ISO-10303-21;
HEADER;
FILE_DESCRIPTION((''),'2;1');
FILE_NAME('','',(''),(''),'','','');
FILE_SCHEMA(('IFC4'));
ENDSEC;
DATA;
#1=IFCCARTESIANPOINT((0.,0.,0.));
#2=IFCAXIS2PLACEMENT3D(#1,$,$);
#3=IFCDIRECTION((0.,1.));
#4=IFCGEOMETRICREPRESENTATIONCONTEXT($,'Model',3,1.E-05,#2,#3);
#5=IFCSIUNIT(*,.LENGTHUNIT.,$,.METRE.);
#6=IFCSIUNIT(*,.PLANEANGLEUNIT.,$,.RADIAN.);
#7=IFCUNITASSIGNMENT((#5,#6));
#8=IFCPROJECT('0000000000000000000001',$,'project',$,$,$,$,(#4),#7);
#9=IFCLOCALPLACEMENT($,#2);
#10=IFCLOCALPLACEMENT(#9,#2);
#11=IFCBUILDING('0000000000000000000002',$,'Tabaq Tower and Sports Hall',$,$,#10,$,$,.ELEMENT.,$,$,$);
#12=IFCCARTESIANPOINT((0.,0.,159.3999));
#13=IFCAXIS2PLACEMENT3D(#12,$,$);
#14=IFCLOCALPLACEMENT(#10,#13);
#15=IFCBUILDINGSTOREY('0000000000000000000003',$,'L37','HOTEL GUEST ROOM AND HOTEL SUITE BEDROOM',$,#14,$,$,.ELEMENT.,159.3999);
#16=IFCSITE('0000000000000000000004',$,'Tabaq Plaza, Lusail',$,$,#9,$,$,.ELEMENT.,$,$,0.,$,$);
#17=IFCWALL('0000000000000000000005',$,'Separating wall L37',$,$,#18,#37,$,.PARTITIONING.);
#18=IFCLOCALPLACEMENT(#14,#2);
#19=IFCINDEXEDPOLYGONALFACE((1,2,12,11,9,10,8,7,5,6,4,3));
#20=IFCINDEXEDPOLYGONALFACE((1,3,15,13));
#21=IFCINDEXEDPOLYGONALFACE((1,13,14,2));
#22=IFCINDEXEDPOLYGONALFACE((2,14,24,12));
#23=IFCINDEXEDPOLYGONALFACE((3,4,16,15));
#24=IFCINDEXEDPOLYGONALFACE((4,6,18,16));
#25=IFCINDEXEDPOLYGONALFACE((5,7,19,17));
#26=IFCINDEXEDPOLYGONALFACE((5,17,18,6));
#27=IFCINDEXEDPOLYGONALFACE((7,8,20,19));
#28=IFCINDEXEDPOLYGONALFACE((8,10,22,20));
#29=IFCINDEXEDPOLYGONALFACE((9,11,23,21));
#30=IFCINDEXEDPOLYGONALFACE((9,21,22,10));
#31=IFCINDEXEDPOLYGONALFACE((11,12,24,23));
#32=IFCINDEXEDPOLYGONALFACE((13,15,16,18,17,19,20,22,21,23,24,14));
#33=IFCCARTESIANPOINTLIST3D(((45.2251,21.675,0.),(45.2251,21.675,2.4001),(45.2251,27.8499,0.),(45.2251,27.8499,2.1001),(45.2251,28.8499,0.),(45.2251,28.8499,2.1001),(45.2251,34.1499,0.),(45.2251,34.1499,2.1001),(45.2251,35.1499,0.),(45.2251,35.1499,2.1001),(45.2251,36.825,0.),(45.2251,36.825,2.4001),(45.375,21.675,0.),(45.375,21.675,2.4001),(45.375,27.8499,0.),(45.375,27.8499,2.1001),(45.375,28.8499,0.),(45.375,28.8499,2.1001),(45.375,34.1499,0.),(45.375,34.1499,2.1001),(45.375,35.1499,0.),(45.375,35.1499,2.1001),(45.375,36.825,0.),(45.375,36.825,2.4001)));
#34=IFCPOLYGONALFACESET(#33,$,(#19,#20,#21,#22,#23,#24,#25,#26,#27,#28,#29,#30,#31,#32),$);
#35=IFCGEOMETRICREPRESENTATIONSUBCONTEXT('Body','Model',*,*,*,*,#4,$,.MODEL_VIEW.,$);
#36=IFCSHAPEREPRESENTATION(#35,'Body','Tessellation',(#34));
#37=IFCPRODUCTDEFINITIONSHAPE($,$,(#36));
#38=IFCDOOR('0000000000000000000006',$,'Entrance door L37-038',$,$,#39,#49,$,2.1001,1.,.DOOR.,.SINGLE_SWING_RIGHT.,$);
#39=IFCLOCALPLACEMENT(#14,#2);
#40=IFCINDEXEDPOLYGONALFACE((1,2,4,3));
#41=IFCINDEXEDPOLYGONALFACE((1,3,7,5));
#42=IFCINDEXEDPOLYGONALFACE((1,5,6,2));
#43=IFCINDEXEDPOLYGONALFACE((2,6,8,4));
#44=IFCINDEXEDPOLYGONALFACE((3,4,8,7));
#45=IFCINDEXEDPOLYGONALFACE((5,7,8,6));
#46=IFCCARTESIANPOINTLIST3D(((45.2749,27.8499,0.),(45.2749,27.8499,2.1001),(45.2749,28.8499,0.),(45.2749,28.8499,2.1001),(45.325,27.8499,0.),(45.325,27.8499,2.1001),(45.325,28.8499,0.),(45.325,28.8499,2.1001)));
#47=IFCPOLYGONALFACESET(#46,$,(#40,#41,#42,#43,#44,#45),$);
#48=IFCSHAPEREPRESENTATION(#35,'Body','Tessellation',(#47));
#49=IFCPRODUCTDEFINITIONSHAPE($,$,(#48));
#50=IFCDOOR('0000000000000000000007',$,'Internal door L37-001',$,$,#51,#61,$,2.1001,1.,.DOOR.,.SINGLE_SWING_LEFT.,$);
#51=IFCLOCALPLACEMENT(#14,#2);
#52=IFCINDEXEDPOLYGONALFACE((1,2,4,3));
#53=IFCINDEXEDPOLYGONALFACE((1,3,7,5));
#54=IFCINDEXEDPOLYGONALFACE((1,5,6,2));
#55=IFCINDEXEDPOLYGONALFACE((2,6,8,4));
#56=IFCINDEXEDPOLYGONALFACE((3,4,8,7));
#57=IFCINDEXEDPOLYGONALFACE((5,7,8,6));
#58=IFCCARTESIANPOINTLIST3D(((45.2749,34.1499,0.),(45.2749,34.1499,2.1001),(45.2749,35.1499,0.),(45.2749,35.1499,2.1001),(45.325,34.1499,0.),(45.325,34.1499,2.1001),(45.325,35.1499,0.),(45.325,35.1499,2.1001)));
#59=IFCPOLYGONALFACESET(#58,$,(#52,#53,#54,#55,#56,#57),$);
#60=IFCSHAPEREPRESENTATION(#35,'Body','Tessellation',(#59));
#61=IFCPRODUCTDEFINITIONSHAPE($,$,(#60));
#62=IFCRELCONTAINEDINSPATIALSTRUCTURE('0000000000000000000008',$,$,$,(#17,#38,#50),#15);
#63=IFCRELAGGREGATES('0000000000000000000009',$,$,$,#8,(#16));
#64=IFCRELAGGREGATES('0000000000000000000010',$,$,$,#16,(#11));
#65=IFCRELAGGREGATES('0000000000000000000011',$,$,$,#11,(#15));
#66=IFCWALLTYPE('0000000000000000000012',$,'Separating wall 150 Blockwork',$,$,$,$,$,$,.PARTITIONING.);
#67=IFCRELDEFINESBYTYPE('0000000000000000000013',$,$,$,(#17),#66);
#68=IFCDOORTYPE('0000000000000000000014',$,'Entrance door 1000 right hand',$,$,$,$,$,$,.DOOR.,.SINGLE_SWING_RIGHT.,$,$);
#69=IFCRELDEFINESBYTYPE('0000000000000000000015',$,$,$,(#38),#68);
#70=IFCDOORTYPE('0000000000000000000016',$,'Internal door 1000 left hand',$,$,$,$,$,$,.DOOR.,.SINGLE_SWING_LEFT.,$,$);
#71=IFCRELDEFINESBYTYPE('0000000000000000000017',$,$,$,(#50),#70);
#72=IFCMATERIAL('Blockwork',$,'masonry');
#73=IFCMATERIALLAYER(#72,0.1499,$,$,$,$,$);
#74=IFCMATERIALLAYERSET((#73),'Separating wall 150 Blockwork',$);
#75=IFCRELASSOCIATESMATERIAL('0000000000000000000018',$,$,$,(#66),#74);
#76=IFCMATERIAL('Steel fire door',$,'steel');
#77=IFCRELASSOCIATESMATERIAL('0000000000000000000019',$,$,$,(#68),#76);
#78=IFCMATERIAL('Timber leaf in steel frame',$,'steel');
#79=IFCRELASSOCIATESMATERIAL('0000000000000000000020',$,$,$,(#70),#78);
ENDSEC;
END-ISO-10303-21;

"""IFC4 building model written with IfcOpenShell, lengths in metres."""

from ifc_helpers import new_model, si_unit, direction, frame, frame_2d, origin, place, context, subcontext, project, spatial, rectangle, extrude, material, layer, layer_set, type_object, element, fill, save


model = new_model("IFC4")

# Units and contexts
model_context = context("Model", 3, precision=1e-05, world=origin(), true_north=direction((0.0, 1.0)))
body_context = subcontext(model_context, "Body", "Model", "MODEL_VIEW")
ifc_project = project(units=[si_unit("LENGTHUNIT", "METRE"), si_unit("PLANEANGLEUNIT", "RADIAN")], contexts=[model_context])

# Site, building, storey
site_placement = place(None, origin())
site = spatial("IfcSite", under=ifc_project, at=site_placement, Name="Tabaq Plaza, Lusail", CompositionType="ELEMENT", RefElevation=0.0)
building_placement = place(site_placement, origin())
building = spatial("IfcBuilding", under=site, at=building_placement, Name="Tabaq Tower and Sports Hall", CompositionType="ELEMENT")
storey_placement = place(building_placement, frame((0.0, 0.0, 159.3999)))
storey = spatial("IfcBuildingStorey", under=building, at=storey_placement, Name="L37", Description="HOTEL GUEST ROOM AND HOTEL SUITE BEDROOM", CompositionType="ELEMENT", Elevation=159.3999)

# Wall, openings, doors
ifc_material_1 = material(Name="Blockwork", Category="masonry")
ifc_layer_1 = layer(ifc_material_1, 0.1499)
ifc_layer_set_1 = layer_set([ifc_layer_1], Name="Separating wall 150 Blockwork")
wall_type = type_object("IfcWallType", Name="Separating wall 150 Blockwork", PredefinedType="PARTITIONING", material=ifc_layer_set_1)
ifc_material_2 = material(Name="Steel fire door", Category="steel")
door_type_1 = type_object("IfcDoorType", Name="Entrance door 1000 right hand", OperationType="SINGLE_SWING_RIGHT", PredefinedType="DOOR", material=ifc_material_2)
wall_1_placement = place(storey_placement, frame((45.3, 36.825, 0.0), z_axis=(0.0, 0.0, 1.0), x_axis=(0.0, -1.0, 0.0)))
wall_1 = element("IfcWall", 1, at=wall_1_placement, inside=storey, type_object=wall_type, Name="Separating wall L37", PredefinedType="PARTITIONING", context=body_context, shape_type="SweptSolid", body=[
    extrude(rectangle(XDim=15.1499, YDim=0.1499, at=frame_2d((7.575, 0.0))), origin(), (0.0, 0.0, 1.0), 2.4001),
])
opening_1_placement = place(wall_1_placement, frame((1.675, 0.0, 0.0)))
opening_1 = element("IfcOpeningElement", 2, at=opening_1_placement, cuts=wall_1, PredefinedType="OPENING", context=body_context, shape_type="SweptSolid", body=[
    extrude(rectangle(XDim=1.0, YDim=2.1001, at=frame_2d((0.5, 1.05))), frame((0.0, 0.075, 0.0), z_axis=(0.0, -1.0, 0.0), x_axis=(1.0, 0.0, 0.0)), (0.0, 0.0, 1.0), 0.1499),
])
opening_2_placement = place(wall_1_placement, frame((7.9751, 0.0, 0.0)))
opening_2 = element("IfcOpeningElement", 3, at=opening_2_placement, cuts=wall_1, PredefinedType="OPENING", context=body_context, shape_type="SweptSolid", body=[
    extrude(rectangle(XDim=1.0, YDim=2.1001, at=frame_2d((0.5, 1.05))), frame((0.0, 0.075, 0.0), z_axis=(0.0, -1.0, 0.0), x_axis=(1.0, 0.0, 0.0)), (0.0, 0.0, 1.0), 0.1499),
])
door_1_placement = place(opening_2_placement, origin())
door_1 = element("IfcDoor", 4, at=door_1_placement, inside=storey, type_object=door_type_1, Name="Entrance door L37-038", OperationType="SINGLE_SWING_RIGHT", OverallHeight=2.1001, OverallWidth=1.0, PredefinedType="DOOR", context=body_context, shape_type="SweptSolid", body=[
    extrude(rectangle(XDim=1.0, YDim=2.1001, at=frame_2d((0.5, 1.05))), frame((0.0, 0.0249, 0.0), z_axis=(0.0, -1.0, 0.0), x_axis=(1.0, 0.0, 0.0)), (0.0, 0.0, 1.0), 0.05),
])
fill(opening_2, door_1)
ifc_material_3 = material(Name="Timber leaf in steel frame", Category="steel")
door_type_2 = type_object("IfcDoorType", Name="Internal door 1000 left hand", OperationType="SINGLE_SWING_LEFT", PredefinedType="DOOR", material=ifc_material_3)
door_2_placement = place(opening_1_placement, origin())
door_2 = element("IfcDoor", 5, at=door_2_placement, inside=storey, type_object=door_type_2, Name="Internal door L37-001", OperationType="SINGLE_SWING_LEFT", OverallHeight=2.1001, OverallWidth=1.0, PredefinedType="DOOR", context=body_context, shape_type="SweptSolid", body=[
    extrude(rectangle(XDim=1.0, YDim=2.1001, at=frame_2d((0.5, 1.05))), frame((0.0, 0.0249, 0.0), z_axis=(0.0, -1.0, 0.0), x_axis=(1.0, 0.0, 0.0)), (0.0, 0.0, 1.0), 0.05),
])
fill(opening_1, door_2)

save(model, "model.ifc")
